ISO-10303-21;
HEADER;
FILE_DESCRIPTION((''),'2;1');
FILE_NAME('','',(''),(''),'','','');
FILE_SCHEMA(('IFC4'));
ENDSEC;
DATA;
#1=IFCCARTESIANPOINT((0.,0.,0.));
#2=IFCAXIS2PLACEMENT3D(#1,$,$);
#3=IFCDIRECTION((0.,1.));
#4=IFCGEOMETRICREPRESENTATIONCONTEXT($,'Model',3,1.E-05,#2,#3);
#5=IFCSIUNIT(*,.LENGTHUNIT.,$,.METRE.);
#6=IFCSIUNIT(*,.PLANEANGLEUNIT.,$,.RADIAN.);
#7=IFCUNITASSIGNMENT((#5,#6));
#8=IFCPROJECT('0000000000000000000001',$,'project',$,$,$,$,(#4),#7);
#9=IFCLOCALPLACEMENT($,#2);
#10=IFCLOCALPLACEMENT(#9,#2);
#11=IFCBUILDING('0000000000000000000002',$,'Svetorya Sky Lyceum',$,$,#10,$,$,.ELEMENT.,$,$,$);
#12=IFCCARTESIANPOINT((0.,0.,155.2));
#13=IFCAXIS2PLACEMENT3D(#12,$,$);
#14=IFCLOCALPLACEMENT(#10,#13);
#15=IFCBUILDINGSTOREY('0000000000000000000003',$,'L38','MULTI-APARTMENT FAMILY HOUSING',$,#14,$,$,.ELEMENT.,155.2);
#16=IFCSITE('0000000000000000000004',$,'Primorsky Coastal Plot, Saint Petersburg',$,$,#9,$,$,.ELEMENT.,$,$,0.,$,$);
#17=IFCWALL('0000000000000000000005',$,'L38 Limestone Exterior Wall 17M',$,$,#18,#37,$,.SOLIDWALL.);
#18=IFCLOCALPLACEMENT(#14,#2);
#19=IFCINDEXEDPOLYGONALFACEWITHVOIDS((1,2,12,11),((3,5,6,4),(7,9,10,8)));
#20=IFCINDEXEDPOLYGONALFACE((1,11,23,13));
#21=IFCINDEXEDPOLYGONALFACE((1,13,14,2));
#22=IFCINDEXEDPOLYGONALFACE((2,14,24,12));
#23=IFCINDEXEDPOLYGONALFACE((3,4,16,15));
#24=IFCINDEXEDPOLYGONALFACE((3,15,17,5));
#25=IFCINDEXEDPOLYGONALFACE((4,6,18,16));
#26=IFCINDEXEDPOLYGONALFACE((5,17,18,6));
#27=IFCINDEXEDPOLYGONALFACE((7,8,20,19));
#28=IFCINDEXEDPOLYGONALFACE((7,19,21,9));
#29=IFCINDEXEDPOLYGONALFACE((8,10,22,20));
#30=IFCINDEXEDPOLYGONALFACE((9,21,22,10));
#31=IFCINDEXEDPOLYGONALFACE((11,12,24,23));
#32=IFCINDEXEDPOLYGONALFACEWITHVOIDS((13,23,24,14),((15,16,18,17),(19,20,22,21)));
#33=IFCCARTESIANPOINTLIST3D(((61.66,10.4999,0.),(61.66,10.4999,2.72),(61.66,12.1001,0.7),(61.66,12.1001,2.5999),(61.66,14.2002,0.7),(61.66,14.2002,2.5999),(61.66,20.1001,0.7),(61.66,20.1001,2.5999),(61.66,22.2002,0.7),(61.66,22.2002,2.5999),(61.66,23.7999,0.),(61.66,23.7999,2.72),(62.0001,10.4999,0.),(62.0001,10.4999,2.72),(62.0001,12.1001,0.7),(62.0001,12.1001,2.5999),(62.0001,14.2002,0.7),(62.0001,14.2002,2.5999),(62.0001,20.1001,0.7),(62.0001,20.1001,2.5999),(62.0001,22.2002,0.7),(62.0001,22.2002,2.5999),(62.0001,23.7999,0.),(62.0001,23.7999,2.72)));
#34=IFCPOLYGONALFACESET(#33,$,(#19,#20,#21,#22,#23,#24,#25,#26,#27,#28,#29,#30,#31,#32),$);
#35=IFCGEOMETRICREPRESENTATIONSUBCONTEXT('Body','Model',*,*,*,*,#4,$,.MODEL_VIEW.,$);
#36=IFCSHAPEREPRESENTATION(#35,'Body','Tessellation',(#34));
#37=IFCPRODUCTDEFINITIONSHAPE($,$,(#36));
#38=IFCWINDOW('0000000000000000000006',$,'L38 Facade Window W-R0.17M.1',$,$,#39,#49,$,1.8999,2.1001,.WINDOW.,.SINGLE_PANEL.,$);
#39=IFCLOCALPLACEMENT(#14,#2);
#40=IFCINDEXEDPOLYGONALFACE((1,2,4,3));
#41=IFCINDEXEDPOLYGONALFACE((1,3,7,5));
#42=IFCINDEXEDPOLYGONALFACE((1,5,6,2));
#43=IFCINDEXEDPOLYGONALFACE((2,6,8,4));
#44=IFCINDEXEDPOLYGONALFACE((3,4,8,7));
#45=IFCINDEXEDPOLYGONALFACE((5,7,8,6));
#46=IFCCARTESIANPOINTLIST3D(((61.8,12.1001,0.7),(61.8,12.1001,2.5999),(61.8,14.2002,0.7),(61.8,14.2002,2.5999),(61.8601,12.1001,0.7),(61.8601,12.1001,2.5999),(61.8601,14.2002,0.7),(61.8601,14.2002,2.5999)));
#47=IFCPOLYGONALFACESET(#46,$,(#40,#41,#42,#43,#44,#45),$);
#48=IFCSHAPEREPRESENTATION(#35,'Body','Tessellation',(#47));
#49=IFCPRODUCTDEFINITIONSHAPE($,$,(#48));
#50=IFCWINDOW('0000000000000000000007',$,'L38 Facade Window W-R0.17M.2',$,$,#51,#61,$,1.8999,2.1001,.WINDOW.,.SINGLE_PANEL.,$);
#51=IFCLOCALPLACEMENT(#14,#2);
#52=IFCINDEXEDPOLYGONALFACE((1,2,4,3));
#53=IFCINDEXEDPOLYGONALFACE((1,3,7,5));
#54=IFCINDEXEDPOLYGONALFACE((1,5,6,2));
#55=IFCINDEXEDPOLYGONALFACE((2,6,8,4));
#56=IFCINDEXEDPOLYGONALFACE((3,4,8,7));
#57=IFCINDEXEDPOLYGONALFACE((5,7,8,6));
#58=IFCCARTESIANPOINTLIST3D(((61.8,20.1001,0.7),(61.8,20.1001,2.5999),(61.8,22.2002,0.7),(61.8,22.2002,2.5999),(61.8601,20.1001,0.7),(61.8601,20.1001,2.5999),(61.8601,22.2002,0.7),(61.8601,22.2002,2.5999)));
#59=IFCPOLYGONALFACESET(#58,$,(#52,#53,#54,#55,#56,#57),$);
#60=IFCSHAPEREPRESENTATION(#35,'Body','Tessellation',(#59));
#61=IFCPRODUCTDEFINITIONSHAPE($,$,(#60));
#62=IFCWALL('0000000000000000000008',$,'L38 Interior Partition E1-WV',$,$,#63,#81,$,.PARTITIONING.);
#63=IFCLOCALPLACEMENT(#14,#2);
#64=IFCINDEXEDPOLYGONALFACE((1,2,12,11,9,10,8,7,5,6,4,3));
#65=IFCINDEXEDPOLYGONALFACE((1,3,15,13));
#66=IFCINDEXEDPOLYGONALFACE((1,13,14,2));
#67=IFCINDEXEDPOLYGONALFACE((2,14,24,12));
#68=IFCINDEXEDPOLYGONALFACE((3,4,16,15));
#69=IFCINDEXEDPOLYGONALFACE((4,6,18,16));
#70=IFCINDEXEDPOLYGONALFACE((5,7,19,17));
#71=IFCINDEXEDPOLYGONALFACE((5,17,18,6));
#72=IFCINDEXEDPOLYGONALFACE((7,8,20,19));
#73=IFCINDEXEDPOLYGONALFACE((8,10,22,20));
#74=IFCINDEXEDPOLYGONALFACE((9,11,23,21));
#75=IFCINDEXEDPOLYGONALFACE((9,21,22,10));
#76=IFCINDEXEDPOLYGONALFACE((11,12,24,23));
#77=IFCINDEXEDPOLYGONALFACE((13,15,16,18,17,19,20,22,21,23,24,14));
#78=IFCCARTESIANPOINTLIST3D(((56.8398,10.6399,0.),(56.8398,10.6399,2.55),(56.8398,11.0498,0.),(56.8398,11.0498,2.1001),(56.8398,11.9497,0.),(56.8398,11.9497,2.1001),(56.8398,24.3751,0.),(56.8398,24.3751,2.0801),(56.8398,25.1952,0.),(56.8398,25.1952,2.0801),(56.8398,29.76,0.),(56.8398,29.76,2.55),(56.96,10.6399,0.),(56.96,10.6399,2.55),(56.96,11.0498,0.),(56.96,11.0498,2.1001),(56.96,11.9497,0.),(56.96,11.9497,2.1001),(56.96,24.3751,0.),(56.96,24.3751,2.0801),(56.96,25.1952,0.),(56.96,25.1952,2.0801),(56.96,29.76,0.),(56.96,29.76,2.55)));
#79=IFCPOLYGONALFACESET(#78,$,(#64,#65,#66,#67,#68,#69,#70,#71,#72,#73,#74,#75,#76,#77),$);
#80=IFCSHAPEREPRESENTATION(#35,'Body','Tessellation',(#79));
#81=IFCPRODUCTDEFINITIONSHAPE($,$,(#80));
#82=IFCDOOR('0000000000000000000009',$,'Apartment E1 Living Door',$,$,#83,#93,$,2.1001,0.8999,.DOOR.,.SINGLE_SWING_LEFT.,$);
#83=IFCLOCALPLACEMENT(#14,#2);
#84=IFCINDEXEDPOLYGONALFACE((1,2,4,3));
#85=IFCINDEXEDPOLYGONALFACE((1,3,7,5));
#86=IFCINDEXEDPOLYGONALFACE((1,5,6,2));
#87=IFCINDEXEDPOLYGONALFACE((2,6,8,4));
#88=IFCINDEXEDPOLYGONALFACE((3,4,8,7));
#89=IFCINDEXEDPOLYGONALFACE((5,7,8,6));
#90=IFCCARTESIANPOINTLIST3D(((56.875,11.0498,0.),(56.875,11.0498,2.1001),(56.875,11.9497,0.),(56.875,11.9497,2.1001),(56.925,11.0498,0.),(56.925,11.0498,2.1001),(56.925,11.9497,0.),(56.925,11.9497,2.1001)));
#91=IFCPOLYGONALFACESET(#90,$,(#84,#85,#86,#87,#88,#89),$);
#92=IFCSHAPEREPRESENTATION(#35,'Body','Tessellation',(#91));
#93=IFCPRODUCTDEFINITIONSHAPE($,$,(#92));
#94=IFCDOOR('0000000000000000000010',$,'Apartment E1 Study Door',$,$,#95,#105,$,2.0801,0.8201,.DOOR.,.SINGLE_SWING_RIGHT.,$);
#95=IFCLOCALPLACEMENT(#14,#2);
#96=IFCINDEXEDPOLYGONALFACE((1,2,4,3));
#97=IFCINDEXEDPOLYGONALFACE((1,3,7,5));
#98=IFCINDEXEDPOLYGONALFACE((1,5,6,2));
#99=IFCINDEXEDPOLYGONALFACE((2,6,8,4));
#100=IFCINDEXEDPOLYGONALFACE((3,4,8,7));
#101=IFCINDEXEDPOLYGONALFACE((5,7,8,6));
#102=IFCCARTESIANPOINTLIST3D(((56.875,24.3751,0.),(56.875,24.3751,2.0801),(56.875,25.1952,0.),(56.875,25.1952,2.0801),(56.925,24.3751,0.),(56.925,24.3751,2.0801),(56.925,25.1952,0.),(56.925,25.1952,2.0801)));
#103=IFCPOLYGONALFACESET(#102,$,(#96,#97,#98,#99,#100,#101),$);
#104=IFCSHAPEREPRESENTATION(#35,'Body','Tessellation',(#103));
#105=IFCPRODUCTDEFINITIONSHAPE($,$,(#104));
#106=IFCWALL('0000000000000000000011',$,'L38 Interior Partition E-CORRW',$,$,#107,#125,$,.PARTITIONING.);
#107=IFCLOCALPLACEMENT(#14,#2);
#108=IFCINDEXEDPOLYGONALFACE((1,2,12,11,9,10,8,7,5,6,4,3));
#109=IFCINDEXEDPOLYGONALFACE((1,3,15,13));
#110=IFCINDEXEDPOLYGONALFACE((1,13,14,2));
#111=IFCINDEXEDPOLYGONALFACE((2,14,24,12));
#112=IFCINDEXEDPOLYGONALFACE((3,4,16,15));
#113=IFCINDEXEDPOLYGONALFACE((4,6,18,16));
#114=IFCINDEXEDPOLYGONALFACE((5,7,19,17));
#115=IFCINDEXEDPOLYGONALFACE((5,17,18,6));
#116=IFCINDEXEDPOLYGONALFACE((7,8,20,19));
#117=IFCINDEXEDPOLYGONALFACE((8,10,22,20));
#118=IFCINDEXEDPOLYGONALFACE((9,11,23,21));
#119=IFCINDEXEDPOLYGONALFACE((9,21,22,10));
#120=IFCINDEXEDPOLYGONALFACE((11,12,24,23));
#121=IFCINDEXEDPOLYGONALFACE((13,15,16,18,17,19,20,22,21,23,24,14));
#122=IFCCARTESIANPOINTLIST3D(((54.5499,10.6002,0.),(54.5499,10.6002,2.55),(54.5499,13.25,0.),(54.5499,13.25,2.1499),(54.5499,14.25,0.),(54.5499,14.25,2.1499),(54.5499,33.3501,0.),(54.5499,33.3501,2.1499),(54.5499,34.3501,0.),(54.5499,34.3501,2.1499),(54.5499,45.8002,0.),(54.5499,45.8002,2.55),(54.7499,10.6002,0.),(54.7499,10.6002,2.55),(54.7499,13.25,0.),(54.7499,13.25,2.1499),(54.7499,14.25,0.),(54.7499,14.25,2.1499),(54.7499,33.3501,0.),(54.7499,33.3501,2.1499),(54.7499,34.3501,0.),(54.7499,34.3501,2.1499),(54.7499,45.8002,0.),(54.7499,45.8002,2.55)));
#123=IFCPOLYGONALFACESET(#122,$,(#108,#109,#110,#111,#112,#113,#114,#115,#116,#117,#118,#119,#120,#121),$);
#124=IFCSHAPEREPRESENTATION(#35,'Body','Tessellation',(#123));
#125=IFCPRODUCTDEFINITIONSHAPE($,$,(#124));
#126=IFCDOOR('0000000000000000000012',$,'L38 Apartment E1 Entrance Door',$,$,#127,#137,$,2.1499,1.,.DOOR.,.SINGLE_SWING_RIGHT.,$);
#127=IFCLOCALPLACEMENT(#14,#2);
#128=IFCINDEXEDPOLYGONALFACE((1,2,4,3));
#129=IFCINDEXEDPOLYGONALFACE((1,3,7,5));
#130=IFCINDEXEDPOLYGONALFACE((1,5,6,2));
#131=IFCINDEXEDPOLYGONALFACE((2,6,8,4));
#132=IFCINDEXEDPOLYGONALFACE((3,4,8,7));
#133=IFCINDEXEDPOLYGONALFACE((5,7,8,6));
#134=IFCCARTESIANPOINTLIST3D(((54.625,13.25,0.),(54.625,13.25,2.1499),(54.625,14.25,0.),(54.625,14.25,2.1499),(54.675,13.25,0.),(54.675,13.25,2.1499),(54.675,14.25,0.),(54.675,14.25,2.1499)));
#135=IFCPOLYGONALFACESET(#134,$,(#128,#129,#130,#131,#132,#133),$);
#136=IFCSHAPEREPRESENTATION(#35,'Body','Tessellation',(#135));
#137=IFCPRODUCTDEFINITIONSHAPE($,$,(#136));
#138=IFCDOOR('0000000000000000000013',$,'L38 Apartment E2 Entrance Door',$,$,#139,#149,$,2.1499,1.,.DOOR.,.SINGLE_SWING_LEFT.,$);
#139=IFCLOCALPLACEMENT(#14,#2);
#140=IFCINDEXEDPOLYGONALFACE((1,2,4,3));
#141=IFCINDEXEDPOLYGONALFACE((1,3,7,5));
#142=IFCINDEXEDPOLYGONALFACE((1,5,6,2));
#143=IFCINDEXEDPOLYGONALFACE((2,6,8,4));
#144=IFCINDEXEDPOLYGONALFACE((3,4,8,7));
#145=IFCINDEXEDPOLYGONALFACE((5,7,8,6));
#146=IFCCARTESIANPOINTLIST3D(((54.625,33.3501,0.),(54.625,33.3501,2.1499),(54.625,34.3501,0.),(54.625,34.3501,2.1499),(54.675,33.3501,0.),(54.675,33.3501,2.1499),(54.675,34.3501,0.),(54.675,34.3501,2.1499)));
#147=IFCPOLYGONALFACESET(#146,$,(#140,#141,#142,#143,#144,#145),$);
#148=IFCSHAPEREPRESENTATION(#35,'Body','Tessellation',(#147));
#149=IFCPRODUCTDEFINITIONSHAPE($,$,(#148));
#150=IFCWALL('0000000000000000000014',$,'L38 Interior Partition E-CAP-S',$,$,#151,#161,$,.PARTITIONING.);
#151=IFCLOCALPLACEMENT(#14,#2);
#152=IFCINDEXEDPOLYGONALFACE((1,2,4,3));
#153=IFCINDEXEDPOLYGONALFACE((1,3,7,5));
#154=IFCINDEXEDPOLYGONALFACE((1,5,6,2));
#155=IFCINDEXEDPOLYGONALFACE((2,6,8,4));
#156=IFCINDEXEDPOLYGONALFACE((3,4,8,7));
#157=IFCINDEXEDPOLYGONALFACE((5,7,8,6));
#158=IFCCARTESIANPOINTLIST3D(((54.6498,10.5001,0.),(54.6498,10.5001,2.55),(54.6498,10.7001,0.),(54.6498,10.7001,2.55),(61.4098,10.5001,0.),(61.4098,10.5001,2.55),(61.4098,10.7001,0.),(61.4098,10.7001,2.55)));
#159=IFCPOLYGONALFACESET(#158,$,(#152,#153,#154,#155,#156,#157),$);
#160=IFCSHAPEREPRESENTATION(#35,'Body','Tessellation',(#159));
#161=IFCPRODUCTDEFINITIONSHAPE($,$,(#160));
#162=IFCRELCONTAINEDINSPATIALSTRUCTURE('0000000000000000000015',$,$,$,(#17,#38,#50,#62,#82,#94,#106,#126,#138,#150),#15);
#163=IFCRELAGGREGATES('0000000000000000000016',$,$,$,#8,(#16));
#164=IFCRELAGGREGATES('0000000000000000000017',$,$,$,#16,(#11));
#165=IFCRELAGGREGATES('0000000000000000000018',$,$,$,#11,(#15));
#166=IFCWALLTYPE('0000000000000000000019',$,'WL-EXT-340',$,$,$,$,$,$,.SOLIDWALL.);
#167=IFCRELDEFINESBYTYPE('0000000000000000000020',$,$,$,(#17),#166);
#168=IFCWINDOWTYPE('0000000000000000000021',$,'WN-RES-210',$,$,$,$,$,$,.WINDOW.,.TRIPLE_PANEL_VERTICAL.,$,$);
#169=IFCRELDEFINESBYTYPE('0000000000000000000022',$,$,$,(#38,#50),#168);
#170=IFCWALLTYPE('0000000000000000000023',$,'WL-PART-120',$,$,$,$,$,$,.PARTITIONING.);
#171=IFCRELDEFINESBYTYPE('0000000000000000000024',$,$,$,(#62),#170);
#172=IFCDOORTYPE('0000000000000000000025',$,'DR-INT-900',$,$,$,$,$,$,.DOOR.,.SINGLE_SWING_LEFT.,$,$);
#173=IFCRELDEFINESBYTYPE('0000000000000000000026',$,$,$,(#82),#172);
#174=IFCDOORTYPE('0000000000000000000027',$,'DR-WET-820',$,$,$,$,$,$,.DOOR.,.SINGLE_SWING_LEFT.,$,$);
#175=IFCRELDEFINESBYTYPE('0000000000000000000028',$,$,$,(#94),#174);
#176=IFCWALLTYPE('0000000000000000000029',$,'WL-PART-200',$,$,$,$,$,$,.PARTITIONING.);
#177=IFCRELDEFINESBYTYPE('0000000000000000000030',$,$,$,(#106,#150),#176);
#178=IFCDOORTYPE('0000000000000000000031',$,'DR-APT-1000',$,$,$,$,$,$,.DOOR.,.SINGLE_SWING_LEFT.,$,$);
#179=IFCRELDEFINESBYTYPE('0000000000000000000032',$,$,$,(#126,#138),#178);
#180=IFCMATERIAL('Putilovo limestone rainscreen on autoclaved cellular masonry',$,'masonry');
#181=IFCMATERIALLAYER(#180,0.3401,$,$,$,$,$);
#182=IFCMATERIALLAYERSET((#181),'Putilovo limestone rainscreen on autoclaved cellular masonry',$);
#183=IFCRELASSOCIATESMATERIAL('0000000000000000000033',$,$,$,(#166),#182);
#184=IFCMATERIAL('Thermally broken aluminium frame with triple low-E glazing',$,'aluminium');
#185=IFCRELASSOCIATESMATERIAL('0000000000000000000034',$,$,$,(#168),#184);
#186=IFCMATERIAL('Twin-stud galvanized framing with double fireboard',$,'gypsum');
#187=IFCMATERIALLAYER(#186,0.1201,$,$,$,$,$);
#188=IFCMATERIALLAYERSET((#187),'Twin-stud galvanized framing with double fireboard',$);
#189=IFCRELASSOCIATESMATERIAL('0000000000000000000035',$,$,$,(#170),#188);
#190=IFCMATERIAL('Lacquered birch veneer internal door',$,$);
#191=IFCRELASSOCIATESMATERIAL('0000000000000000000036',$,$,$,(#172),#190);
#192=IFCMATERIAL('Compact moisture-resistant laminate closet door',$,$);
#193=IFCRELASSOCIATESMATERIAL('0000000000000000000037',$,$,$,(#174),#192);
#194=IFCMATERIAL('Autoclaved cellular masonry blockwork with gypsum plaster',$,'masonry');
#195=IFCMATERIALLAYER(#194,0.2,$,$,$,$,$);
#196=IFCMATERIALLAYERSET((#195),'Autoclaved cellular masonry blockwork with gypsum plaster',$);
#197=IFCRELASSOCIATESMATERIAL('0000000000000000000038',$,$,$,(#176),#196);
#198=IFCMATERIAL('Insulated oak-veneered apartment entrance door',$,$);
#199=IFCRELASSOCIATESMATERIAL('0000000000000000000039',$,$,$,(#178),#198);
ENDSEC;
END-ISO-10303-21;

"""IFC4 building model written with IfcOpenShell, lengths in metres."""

from ifc_helpers import new_model, si_unit, direction, frame, frame_2d, origin, place, context, subcontext, project, spatial, rectangle, extrude, material, layer, layer_set, type_object, element, fill, save


model = new_model("IFC4")

# Units and contexts
model_context = context("Model", 3, precision=1e-05, world=origin(), true_north=direction((0.0, 1.0)))
body_context = subcontext(model_context, "Body", "Model", "MODEL_VIEW")
ifc_project = project(units=[si_unit("LENGTHUNIT", "METRE"), si_unit("PLANEANGLEUNIT", "RADIAN")], contexts=[model_context])

# Site, building, storey
site_placement = place(None, origin())
site = spatial("IfcSite", under=ifc_project, at=site_placement, Name="Primorsky Coastal Plot, Saint Petersburg", CompositionType="ELEMENT", RefElevation=0.0)
building_placement = place(site_placement, origin())
building = spatial("IfcBuilding", under=site, at=building_placement, Name="Svetorya Sky Lyceum", CompositionType="ELEMENT")
storey_placement = place(building_placement, frame((0.0, 0.0, 155.2)))
storey = spatial("IfcBuildingStorey", under=building, at=storey_placement, Name="L38", Description="MULTI-APARTMENT FAMILY HOUSING", CompositionType="ELEMENT", Elevation=155.2)

# Shared definitions
ifc_material_1 = material(Name="Putilovo limestone rainscreen on autoclaved cellular masonry", Category="masonry")
ifc_layer_1 = layer(ifc_material_1, 0.3401)
ifc_layer_set_1 = layer_set([ifc_layer_1], Name="Putilovo limestone rainscreen on autoclaved cellular masonry")
wall_type_1 = type_object("IfcWallType", Name="WL-EXT-340", PredefinedType="SOLIDWALL", material=ifc_layer_set_1)

# Wall, openings, windows
wall_1_placement = place(storey_placement, frame((61.8301, 10.5, 0.0), z_axis=(0.0, 0.0, 1.0), x_axis=(0.0, 1.0, 0.0)))
wall_1 = element("IfcWall", 1, at=wall_1_placement, inside=storey, type_object=wall_type_1, Name="L38 Limestone Exterior Wall 17M", PredefinedType="SOLIDWALL", context=body_context, shape_type="SweptSolid", body=[
    extrude(rectangle(XDim=13.3, YDim=0.3401, at=frame_2d((6.6499, 0.0))), origin(), (0.0, 0.0, 1.0), 2.72),
])
opening_1_placement = place(wall_1_placement, frame((1.6001, 0.0, 0.7)))
opening_1 = element("IfcOpeningElement", 2, at=opening_1_placement, cuts=wall_1, PredefinedType="OPENING", context=body_context, shape_type="SweptSolid", body=[
    extrude(rectangle(XDim=2.1001, YDim=1.8999, at=frame_2d((1.05, 0.95))), frame((0.0, 0.1799, 0.0), z_axis=(0.0, -1.0, 0.0), x_axis=(1.0, 0.0, 0.0)), (0.0, 0.0, 1.0), 0.3601),
])
opening_2_placement = place(wall_1_placement, frame((9.6001, 0.0, 0.7)))
opening_2 = element("IfcOpeningElement", 3, at=opening_2_placement, cuts=wall_1, PredefinedType="OPENING", context=body_context, shape_type="SweptSolid", body=[
    extrude(rectangle(XDim=2.1001, YDim=1.8999, at=frame_2d((1.05, 0.95))), frame((0.0, 0.1799, 0.0), z_axis=(0.0, -1.0, 0.0), x_axis=(1.0, 0.0, 0.0)), (0.0, 0.0, 1.0), 0.3601),
])
ifc_material_2 = material(Name="Thermally broken aluminium frame with triple low-E glazing", Category="aluminium")
window_type = type_object("IfcWindowType", Name="WN-RES-210", PartitioningType="TRIPLE_PANEL_VERTICAL", PredefinedType="WINDOW", material=ifc_material_2)
window_1_placement = place(opening_1_placement, origin())
window_1 = element("IfcWindow", 4, at=window_1_placement, inside=storey, type_object=window_type, Name="L38 Facade Window W-R0.17M.1", OverallHeight=1.8999, OverallWidth=2.1001, PartitioningType="SINGLE_PANEL", PredefinedType="WINDOW", context=body_context, shape_type="SweptSolid", body=[
    extrude(rectangle(XDim=2.1001, YDim=1.8999, at=frame_2d((1.05, 0.95))), frame((0.0, 0.03, 0.0), z_axis=(0.0, -1.0, 0.0), x_axis=(1.0, 0.0, 0.0)), (0.0, 0.0, 1.0), 0.0601),
])
fill(opening_1, window_1)
window_2_placement = place(opening_2_placement, origin())
window_2 = element("IfcWindow", 5, at=window_2_placement, inside=storey, type_object=window_type, Name="L38 Facade Window W-R0.17M.2", OverallHeight=1.8999, OverallWidth=2.1001, PartitioningType="SINGLE_PANEL", PredefinedType="WINDOW", context=body_context, shape_type="SweptSolid", body=[
    extrude(rectangle(XDim=2.1001, YDim=1.8999, at=frame_2d((1.05, 0.95))), frame((0.0, 0.03, 0.0), z_axis=(0.0, -1.0, 0.0), x_axis=(1.0, 0.0, 0.0)), (0.0, 0.0, 1.0), 0.0601),
])
fill(opening_2, window_2)

# Walls, openings, doors
ifc_material_3 = material(Name="Twin-stud galvanized framing with double fireboard", Category="gypsum")
ifc_layer_2 = layer(ifc_material_3, 0.1201)
ifc_layer_set_2 = layer_set([ifc_layer_2], Name="Twin-stud galvanized framing with double fireboard")
wall_type_2 = type_object("IfcWallType", Name="WL-PART-120", PredefinedType="PARTITIONING", material=ifc_layer_set_2)
wall_2_placement = place(storey_placement, frame((56.8999, 10.6399, 0.0), z_axis=(0.0, 0.0, 1.0), x_axis=(0.0, 1.0, 0.0)))
wall_2 = element("IfcWall", 6, at=wall_2_placement, inside=storey, type_object=wall_type_2, Name="L38 Interior Partition E1-WV", PredefinedType="PARTITIONING", context=body_context, shape_type="SweptSolid", body=[
    extrude(rectangle(XDim=19.1201, YDim=0.1201, at=frame_2d((9.5601, 0.0))), origin(), (0.0, 0.0, 1.0), 2.55),
])
opening_3_placement = place(wall_2_placement, frame((0.4099, 0.0, 0.0)))
opening_3 = element("IfcOpeningElement", 7, at=opening_3_placement, cuts=wall_2, PredefinedType="OPENING", context=body_context, shape_type="SweptSolid", body=[
    extrude(rectangle(XDim=0.8999, YDim=2.1001, at=frame_2d((0.45, 1.05))), frame((0.0, 0.0701, 0.0), z_axis=(0.0, -1.0, 0.0), x_axis=(1.0, 0.0, 0.0)), (0.0, 0.0, 1.0), 0.1401),
])
opening_4_placement = place(wall_2_placement, frame((13.7351, 0.0, 0.0)))
opening_4 = element("IfcOpeningElement", 8, at=opening_4_placement, cuts=wall_2, PredefinedType="OPENING", context=body_context, shape_type="SweptSolid", body=[
    extrude(rectangle(XDim=0.8201, YDim=2.0801, at=frame_2d((0.4102, 1.04))), frame((0.0, 0.0701, 0.0), z_axis=(0.0, -1.0, 0.0), x_axis=(1.0, 0.0, 0.0)), (0.0, 0.0, 1.0), 0.1401),
])
ifc_material_4 = material(Name="Lacquered birch veneer internal door")
door_type_1 = type_object("IfcDoorType", Name="DR-INT-900", OperationType="SINGLE_SWING_LEFT", PredefinedType="DOOR", material=ifc_material_4)
door_1_placement = place(opening_3_placement, origin())
door_1 = element("IfcDoor", 9, at=door_1_placement, inside=storey, type_object=door_type_1, Name="Apartment E1 Living Door", OperationType="SINGLE_SWING_LEFT", OverallHeight=2.1001, OverallWidth=0.8999, PredefinedType="DOOR", context=body_context, shape_type="SweptSolid", body=[
    extrude(rectangle(XDim=0.8999, YDim=2.1001, at=frame_2d((0.45, 1.05))), frame((0.0, 0.0249, 0.0), z_axis=(0.0, -1.0, 0.0), x_axis=(1.0, 0.0, 0.0)), (0.0, 0.0, 1.0), 0.05),
])
fill(opening_3, door_1)
ifc_material_5 = material(Name="Compact moisture-resistant laminate closet door")
door_type_2 = type_object("IfcDoorType", Name="DR-WET-820", OperationType="SINGLE_SWING_LEFT", PredefinedType="DOOR", material=ifc_material_5)
door_2_placement = place(opening_4_placement, origin())
door_2 = element("IfcDoor", 10, at=door_2_placement, inside=storey, type_object=door_type_2, Name="Apartment E1 Study Door", OperationType="SINGLE_SWING_RIGHT", OverallHeight=2.0801, OverallWidth=0.8201, PredefinedType="DOOR", context=body_context, shape_type="SweptSolid", body=[
    extrude(rectangle(XDim=0.8201, YDim=2.0801, at=frame_2d((0.4102, 1.04))), frame((0.0, 0.0249, 0.0), z_axis=(0.0, -1.0, 0.0), x_axis=(1.0, 0.0, 0.0)), (0.0, 0.0, 1.0), 0.05),
])
fill(opening_4, door_2)
ifc_material_6 = material(Name="Autoclaved cellular masonry blockwork with gypsum plaster", Category="masonry")
ifc_layer_3 = layer(ifc_material_6, 0.2)
ifc_layer_set_3 = layer_set([ifc_layer_3], Name="Autoclaved cellular masonry blockwork with gypsum plaster")
wall_type_3 = type_object("IfcWallType", Name="WL-PART-200", PredefinedType="PARTITIONING", material=ifc_layer_set_3)
wall_3_placement = place(storey_placement, frame((54.6499, 10.6001, 0.0), z_axis=(0.0, 0.0, 1.0), x_axis=(0.0, 1.0, 0.0)))
wall_3 = element("IfcWall", 11, at=wall_3_placement, inside=storey, type_object=wall_type_3, Name="L38 Interior Partition E-CORRW", PredefinedType="PARTITIONING", context=body_context, shape_type="SweptSolid", body=[
    extrude(rectangle(XDim=35.2, YDim=0.2, at=frame_2d((17.6001, 0.0))), origin(), (0.0, 0.0, 1.0), 2.55),
])
opening_5_placement = place(wall_3_placement, frame((2.6499, 0.0, 0.0)))
opening_5 = element("IfcOpeningElement", 12, at=opening_5_placement, cuts=wall_3, PredefinedType="OPENING", context=body_context, shape_type="SweptSolid", body=[
    extrude(rectangle(XDim=1.0, YDim=2.1499, at=frame_2d((0.5, 1.075))), frame((0.0, 0.1099, 0.0), z_axis=(0.0, -1.0, 0.0), x_axis=(1.0, 0.0, 0.0)), (0.0, 0.0, 1.0), 0.22),
])
opening_6_placement = place(wall_3_placement, frame((22.75, 0.0, 0.0)))
opening_6 = element("IfcOpeningElement", 13, at=opening_6_placement, cuts=wall_3, PredefinedType="OPENING", context=body_context, shape_type="SweptSolid", body=[
    extrude(rectangle(XDim=1.0, YDim=2.1499, at=frame_2d((0.5, 1.075))), frame((0.0, 0.1099, 0.0), z_axis=(0.0, -1.0, 0.0), x_axis=(1.0, 0.0, 0.0)), (0.0, 0.0, 1.0), 0.22),
])
ifc_material_7 = material(Name="Insulated oak-veneered apartment entrance door")
door_type_3 = type_object("IfcDoorType", Name="DR-APT-1000", OperationType="SINGLE_SWING_LEFT", PredefinedType="DOOR", material=ifc_material_7)
door_3_placement = place(opening_5_placement, origin())
door_3 = element("IfcDoor", 14, at=door_3_placement, inside=storey, type_object=door_type_3, Name="L38 Apartment E1 Entrance Door", OperationType="SINGLE_SWING_RIGHT", OverallHeight=2.1499, OverallWidth=1.0, PredefinedType="DOOR", context=body_context, shape_type="SweptSolid", body=[
    extrude(rectangle(XDim=1.0, YDim=2.1499, at=frame_2d((0.5, 1.075))), frame((0.0, 0.0249, 0.0), z_axis=(0.0, -1.0, 0.0), x_axis=(1.0, 0.0, 0.0)), (0.0, 0.0, 1.0), 0.05),
])
fill(opening_5, door_3)
door_4_placement = place(opening_6_placement, origin())
door_4 = element("IfcDoor", 15, at=door_4_placement, inside=storey, type_object=door_type_3, Name="L38 Apartment E2 Entrance Door", OperationType="SINGLE_SWING_LEFT", OverallHeight=2.1499, OverallWidth=1.0, PredefinedType="DOOR", context=body_context, shape_type="SweptSolid", body=[
    extrude(rectangle(XDim=1.0, YDim=2.1499, at=frame_2d((0.5, 1.075))), frame((0.0, 0.0249, 0.0), z_axis=(0.0, -1.0, 0.0), x_axis=(1.0, 0.0, 0.0)), (0.0, 0.0, 1.0), 0.05),
])
fill(opening_6, door_4)

# Wall
wall_4_placement = place(storey_placement, frame((54.6499, 10.6001, 0.0), z_axis=(0.0, 0.0, 1.0), x_axis=(1.0, 0.0, 0.0)))
element("IfcWall", 16, at=wall_4_placement, inside=storey, type_object=wall_type_3, Name="L38 Interior Partition E-CAP-S", PredefinedType="PARTITIONING", context=body_context, shape_type="SweptSolid", body=[
    extrude(rectangle(XDim=6.76, YDim=0.2, at=frame_2d((3.3799, 0.0))), origin(), (0.0, 0.0, 1.0), 2.55),
])

save(model, "model.ifc")
